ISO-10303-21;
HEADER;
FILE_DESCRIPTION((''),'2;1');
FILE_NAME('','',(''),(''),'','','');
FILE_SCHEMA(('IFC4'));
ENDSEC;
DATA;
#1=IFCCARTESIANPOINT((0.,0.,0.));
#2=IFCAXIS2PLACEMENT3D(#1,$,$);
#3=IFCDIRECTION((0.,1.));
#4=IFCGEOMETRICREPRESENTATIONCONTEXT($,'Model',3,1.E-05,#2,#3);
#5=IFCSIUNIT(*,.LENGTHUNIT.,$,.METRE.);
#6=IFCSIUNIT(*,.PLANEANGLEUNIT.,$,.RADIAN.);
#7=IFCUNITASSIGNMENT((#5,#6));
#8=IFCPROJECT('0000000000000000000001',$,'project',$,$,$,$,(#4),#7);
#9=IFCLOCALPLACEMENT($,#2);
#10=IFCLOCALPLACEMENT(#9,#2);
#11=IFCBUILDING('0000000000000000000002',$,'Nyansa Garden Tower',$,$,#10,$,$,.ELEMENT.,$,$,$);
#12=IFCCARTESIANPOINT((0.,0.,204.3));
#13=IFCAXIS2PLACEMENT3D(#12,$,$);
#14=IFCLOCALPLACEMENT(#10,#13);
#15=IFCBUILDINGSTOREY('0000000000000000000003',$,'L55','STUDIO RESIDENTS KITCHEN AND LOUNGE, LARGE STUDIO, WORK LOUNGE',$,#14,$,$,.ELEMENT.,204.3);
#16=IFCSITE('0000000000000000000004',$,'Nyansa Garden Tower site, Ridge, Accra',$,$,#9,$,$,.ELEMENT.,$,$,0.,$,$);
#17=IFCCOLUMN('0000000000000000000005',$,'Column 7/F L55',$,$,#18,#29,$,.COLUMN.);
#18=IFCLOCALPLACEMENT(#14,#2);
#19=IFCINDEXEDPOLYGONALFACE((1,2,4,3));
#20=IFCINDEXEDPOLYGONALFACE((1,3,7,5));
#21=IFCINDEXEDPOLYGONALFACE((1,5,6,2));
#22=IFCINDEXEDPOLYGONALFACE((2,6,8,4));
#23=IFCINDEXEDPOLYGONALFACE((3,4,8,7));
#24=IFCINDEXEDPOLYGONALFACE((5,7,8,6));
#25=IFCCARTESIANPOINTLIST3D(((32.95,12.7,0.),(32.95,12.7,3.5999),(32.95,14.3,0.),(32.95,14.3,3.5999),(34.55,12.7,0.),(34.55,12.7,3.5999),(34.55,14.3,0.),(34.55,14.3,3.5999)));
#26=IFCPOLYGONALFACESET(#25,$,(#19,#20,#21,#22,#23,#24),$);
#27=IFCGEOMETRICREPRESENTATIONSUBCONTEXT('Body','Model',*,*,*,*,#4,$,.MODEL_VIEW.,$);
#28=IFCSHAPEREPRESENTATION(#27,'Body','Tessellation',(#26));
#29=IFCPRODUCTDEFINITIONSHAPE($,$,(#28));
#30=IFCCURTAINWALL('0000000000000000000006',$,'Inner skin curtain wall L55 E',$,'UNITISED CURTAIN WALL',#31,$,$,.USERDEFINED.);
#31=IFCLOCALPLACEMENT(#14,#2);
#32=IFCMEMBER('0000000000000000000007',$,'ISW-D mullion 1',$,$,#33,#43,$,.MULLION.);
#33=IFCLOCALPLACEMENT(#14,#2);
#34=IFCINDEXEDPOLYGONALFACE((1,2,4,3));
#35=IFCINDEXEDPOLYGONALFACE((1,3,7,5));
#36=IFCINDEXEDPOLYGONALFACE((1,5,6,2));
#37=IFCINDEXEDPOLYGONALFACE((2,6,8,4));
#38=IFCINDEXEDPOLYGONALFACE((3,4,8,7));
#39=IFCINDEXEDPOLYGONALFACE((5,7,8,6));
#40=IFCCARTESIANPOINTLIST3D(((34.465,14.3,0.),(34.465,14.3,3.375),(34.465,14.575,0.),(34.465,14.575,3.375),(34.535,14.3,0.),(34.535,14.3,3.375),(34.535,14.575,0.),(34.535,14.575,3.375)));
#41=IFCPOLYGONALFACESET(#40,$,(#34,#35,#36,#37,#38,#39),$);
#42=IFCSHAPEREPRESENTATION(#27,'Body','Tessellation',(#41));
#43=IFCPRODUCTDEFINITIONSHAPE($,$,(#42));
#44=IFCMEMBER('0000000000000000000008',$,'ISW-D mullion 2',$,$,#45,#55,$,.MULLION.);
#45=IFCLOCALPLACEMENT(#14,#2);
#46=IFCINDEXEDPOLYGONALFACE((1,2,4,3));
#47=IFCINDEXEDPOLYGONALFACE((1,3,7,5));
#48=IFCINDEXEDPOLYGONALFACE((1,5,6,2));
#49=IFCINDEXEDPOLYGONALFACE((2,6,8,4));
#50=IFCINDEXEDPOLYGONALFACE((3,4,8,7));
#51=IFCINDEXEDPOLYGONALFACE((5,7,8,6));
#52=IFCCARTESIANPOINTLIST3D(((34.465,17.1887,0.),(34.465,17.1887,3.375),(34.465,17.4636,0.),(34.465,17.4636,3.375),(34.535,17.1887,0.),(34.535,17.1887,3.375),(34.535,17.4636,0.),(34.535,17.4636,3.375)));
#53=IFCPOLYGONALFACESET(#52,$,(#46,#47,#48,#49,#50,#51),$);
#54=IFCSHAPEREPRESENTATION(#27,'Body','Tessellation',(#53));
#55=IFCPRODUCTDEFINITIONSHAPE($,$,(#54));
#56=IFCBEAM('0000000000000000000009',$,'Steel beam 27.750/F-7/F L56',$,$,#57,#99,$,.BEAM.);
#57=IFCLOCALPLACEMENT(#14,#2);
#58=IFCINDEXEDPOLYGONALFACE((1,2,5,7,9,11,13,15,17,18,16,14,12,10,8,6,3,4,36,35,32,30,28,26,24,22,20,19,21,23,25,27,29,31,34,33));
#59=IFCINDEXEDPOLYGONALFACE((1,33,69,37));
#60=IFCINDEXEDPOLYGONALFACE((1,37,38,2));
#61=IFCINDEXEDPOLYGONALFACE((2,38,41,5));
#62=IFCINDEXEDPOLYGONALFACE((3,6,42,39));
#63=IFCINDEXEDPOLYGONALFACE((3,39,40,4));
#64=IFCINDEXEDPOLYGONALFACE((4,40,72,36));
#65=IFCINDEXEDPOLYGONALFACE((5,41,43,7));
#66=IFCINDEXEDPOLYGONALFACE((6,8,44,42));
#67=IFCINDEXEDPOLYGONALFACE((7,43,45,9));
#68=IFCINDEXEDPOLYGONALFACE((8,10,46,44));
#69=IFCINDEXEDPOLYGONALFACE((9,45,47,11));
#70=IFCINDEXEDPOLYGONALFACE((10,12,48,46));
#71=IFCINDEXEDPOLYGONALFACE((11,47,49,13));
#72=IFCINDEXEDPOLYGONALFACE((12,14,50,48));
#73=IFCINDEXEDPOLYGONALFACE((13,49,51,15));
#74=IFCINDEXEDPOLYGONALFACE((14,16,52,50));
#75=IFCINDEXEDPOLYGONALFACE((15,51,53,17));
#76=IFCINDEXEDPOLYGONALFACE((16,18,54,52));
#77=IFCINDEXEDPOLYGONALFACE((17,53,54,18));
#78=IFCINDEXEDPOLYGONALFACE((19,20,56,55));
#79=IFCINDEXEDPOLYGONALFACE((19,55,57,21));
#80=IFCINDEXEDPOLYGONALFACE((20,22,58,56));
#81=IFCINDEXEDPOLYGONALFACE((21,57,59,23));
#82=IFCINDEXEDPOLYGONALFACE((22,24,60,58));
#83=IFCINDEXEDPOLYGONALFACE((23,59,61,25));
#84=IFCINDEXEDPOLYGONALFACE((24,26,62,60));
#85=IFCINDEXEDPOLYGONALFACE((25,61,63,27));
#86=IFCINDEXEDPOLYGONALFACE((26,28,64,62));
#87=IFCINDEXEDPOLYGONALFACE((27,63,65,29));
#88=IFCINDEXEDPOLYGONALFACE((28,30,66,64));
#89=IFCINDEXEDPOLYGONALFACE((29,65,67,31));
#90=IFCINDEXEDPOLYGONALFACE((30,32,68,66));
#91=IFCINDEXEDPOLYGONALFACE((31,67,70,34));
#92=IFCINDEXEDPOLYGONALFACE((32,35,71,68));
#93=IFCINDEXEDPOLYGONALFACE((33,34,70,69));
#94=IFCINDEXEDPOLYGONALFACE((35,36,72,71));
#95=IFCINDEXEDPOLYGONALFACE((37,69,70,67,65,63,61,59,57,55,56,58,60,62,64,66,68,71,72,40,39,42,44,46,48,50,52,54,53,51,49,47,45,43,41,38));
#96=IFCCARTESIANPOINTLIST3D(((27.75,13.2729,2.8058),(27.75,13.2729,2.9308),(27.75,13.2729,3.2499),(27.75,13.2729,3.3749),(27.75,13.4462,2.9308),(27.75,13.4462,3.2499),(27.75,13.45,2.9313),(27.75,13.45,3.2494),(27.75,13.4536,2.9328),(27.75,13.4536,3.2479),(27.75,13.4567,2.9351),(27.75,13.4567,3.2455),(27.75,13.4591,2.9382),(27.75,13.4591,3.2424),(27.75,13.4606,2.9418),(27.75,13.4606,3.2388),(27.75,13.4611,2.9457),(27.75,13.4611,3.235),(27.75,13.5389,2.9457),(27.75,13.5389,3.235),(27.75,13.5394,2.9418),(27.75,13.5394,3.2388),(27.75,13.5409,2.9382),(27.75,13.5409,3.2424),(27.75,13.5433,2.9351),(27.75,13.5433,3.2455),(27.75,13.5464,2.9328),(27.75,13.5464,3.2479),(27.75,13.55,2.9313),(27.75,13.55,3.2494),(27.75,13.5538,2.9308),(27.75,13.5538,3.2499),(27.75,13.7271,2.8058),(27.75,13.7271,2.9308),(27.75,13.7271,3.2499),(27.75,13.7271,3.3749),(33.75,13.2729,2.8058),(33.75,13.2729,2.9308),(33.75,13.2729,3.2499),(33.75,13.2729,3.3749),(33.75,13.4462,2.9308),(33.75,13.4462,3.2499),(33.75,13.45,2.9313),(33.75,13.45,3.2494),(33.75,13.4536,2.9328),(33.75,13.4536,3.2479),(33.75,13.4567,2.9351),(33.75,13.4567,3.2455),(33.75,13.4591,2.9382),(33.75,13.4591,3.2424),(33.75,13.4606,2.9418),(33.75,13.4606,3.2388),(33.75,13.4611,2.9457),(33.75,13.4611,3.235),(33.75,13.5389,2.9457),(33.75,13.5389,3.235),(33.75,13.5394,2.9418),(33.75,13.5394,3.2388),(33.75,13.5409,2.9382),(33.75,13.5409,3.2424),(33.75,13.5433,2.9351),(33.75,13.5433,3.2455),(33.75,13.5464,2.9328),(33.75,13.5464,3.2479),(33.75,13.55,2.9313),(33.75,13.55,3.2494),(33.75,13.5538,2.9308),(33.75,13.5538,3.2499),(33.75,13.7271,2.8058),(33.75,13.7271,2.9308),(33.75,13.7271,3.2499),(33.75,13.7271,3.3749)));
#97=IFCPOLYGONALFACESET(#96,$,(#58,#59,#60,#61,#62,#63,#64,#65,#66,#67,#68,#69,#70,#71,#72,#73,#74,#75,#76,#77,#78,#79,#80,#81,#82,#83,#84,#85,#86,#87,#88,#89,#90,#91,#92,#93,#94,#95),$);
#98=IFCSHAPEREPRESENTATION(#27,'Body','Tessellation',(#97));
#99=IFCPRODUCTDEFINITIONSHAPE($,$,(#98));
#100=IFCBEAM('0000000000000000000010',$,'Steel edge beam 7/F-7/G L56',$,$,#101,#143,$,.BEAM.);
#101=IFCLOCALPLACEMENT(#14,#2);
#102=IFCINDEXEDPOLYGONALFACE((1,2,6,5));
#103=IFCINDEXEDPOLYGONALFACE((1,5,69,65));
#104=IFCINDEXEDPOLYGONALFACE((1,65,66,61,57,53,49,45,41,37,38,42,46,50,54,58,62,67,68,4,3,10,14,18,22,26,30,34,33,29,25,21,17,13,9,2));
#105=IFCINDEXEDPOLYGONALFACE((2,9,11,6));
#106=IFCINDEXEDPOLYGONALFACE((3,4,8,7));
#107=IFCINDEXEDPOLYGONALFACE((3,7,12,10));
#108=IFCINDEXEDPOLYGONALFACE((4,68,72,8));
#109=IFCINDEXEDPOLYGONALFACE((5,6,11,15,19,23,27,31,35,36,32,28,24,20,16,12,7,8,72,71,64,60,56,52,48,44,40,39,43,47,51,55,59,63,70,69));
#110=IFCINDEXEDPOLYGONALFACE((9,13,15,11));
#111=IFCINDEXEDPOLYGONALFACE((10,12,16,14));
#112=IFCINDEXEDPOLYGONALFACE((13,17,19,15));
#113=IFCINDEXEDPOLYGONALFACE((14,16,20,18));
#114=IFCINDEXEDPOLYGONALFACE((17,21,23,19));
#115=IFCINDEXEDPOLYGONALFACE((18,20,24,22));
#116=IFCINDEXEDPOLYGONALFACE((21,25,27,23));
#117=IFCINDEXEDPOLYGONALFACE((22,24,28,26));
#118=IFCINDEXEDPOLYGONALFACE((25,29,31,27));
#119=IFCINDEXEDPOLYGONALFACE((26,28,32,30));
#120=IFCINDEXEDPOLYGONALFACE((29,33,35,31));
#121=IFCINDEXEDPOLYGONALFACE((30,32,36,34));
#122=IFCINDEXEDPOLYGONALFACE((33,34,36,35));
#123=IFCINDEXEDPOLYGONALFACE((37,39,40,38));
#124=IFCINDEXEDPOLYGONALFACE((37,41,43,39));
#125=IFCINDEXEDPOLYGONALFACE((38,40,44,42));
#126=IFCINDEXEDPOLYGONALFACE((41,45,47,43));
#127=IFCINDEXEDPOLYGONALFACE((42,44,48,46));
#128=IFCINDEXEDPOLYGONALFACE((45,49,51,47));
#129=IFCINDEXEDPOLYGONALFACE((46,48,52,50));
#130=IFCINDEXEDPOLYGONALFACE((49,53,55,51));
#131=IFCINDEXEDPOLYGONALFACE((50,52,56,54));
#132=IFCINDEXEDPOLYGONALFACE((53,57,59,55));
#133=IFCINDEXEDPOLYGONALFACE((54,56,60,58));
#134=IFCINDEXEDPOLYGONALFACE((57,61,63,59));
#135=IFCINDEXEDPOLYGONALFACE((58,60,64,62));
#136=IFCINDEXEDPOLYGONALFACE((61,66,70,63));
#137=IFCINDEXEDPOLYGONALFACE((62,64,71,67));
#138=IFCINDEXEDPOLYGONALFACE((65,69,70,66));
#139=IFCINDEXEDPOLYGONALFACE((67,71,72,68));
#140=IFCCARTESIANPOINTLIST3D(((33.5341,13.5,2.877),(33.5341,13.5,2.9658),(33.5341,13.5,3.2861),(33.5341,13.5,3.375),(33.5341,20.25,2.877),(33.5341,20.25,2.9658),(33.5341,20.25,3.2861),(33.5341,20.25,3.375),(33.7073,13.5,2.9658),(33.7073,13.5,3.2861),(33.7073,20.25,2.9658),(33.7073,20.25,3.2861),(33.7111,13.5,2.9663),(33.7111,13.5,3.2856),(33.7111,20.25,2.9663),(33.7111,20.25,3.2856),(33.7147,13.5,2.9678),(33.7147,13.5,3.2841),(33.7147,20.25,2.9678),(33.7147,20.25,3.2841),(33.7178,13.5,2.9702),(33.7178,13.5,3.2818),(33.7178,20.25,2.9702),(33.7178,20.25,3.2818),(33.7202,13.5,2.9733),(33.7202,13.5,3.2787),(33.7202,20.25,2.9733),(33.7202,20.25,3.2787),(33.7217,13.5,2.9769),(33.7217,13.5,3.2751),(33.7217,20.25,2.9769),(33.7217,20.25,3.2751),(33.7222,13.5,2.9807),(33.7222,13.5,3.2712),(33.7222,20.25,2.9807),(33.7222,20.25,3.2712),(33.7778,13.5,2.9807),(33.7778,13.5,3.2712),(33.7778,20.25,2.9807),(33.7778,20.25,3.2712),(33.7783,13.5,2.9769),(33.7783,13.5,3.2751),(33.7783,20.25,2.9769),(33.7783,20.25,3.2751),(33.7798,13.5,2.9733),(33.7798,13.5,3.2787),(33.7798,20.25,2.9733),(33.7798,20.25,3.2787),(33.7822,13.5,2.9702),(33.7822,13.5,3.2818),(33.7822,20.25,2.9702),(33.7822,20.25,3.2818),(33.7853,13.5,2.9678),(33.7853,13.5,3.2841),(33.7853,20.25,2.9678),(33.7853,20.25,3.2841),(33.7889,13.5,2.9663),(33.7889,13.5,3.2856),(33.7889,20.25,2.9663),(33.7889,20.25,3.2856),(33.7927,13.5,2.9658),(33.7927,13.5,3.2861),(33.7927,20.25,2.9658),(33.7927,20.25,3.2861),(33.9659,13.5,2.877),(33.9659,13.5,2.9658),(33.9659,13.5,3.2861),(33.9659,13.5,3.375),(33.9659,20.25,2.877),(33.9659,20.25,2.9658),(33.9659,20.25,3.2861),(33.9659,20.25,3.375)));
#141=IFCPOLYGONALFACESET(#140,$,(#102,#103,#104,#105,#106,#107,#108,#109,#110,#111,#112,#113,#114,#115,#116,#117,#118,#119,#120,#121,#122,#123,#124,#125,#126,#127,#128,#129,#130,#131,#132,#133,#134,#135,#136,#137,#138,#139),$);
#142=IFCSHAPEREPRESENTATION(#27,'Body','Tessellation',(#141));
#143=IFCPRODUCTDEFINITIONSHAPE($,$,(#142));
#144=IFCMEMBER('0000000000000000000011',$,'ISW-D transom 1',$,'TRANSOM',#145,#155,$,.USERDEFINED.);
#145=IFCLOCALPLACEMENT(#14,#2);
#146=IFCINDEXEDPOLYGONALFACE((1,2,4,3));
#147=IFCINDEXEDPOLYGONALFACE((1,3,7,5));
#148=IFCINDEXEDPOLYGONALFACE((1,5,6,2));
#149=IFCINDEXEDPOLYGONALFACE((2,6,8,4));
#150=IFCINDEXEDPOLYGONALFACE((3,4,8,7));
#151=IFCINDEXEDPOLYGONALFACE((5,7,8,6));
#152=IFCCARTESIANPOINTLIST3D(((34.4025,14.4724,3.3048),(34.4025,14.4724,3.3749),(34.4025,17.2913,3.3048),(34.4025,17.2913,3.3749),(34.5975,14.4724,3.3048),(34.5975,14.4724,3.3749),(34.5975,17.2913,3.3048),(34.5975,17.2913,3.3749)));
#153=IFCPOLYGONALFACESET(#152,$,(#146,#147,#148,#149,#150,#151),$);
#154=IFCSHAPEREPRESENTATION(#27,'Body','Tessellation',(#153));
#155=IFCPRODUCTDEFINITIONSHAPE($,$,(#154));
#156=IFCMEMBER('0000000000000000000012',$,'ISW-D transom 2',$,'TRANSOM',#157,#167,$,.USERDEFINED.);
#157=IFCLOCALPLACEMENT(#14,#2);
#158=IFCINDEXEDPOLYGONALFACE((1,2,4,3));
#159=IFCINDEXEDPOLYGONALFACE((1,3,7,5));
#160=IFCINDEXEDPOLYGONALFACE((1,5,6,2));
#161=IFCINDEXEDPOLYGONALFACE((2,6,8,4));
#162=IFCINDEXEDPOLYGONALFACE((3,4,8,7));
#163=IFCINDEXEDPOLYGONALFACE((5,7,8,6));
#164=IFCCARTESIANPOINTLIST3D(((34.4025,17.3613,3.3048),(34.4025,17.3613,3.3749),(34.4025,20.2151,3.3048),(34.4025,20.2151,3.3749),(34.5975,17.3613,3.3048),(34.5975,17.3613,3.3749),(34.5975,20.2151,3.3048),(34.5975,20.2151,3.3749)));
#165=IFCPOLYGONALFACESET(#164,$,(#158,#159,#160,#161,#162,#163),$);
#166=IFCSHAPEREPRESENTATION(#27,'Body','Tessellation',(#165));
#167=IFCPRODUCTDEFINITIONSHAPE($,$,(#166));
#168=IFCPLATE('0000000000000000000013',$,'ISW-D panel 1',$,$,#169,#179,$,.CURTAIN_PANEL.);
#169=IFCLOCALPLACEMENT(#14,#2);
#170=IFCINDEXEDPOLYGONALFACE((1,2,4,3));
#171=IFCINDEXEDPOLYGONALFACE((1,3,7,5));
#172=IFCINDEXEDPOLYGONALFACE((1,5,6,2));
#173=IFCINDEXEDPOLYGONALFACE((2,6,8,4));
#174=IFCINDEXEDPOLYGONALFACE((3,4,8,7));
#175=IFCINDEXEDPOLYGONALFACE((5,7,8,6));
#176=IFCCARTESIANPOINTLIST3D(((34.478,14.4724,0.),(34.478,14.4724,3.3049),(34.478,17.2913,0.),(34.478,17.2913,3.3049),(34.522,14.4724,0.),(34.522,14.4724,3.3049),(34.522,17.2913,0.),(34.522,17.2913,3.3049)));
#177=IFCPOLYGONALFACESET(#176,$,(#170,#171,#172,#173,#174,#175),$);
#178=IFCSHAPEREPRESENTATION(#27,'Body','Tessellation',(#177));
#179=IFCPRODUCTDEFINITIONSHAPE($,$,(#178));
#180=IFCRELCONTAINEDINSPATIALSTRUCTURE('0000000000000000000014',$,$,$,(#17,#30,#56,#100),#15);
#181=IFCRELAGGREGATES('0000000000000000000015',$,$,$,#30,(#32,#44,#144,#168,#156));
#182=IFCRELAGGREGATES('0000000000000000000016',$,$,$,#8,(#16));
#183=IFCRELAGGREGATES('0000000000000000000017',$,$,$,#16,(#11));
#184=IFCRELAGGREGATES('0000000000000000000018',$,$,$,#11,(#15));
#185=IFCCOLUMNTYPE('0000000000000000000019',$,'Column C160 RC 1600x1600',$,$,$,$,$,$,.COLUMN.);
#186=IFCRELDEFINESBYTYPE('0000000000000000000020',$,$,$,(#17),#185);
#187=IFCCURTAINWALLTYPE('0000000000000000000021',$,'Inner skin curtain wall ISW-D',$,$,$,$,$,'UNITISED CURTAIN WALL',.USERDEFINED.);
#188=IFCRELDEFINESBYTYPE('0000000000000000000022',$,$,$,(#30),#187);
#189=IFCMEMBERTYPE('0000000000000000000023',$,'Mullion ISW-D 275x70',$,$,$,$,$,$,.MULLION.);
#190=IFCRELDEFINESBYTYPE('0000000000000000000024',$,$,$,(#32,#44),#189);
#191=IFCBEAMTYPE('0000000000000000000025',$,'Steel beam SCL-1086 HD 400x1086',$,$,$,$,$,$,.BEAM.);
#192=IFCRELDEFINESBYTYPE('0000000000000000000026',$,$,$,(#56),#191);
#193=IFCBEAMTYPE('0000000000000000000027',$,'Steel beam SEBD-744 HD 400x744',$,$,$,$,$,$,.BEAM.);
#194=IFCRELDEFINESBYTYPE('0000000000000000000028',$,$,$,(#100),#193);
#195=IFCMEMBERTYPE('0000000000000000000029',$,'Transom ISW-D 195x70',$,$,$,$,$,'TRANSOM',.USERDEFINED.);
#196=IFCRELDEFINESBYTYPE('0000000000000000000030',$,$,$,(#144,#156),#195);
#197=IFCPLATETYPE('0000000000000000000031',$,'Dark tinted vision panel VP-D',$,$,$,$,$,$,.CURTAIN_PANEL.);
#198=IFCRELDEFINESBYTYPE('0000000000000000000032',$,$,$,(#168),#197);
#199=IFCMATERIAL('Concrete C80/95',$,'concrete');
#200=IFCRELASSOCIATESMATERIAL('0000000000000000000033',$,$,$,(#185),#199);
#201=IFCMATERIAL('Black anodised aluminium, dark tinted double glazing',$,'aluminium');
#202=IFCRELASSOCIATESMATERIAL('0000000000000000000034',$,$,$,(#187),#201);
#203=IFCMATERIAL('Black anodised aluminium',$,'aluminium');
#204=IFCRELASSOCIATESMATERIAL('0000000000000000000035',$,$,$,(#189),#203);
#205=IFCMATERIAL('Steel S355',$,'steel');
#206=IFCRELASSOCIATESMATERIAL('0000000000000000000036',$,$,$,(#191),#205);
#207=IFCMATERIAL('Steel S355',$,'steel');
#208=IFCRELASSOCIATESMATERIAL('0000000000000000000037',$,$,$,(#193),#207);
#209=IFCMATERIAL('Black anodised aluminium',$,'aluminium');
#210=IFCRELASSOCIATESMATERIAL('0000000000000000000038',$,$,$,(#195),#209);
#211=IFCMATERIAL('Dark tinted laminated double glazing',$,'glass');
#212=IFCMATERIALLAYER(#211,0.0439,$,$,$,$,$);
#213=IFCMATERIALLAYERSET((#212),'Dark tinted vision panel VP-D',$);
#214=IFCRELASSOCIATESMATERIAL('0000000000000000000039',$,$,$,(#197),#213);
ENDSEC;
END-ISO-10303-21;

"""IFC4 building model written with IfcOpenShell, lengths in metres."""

from ifc_helpers import new_model, si_unit, direction, frame, origin, origin_2d, place, context, subcontext, project, spatial, rectangle, i_section, extrude, material, layer, layer_set, material_profile, profile_set, type_object, element, aggregate, save


model = new_model("IFC4")

# Units and contexts
model_context = context("Model", 3, precision=1e-05, world=origin(), true_north=direction((0.0, 1.0)))
body_context = subcontext(model_context, "Body", "Model", "MODEL_VIEW")
ifc_project = project(units=[si_unit("LENGTHUNIT", "METRE"), si_unit("PLANEANGLEUNIT", "RADIAN")], contexts=[model_context])

# Site, building, storey
site_placement = place(None, origin())
site = spatial("IfcSite", under=ifc_project, at=site_placement, Name="Nyansa Garden Tower site, Ridge, Accra", CompositionType="ELEMENT", RefElevation=0.0)
building_placement = place(site_placement, origin())
building = spatial("IfcBuilding", under=site, at=building_placement, Name="Nyansa Garden Tower", CompositionType="ELEMENT")
storey_placement = place(building_placement, frame((0.0, 0.0, 204.3)))
storey = spatial("IfcBuildingStorey", under=building, at=storey_placement, Name="L55", Description="STUDIO RESIDENTS KITCHEN AND LOUNGE, LARGE STUDIO, WORK LOUNGE", CompositionType="ELEMENT", Elevation=204.3)

# Column
ifc_material_1 = material(Name="Concrete C80/95", Category="concrete")
ifc_material_profile_1 = material_profile(ifc_material_1, rectangle(XDim=1.6001, YDim=1.6001, at=origin_2d()), Name="RC 1600x1600")
ifc_profile_set_1 = profile_set([ifc_material_profile_1], Name="Concrete C80/95")
column_type = type_object("IfcColumnType", Name="Column C160 RC 1600x1600", PredefinedType="COLUMN", material=ifc_profile_set_1)
column_placement = place(storey_placement, frame((33.75, 13.5, 0.0), z_axis=(0.0, 0.0, 1.0), x_axis=(1.0, 0.0, 0.0)))
element("IfcColumn", 1, at=column_placement, inside=storey, type_object=column_type, Name="Column 7/F L55", PredefinedType="COLUMN", context=body_context, shape_type="SweptSolid", body=[
    extrude(rectangle(XDim=1.6001, YDim=1.6001, at=origin_2d()), origin(), (0.0, 0.0, 1.0), 3.5999),
])

# Curtain wall, members
ifc_material_2 = material(Name="Black anodised aluminium, dark tinted double glazing", Category="aluminium")
curtain_wall_type = type_object("IfcCurtainWallType", Name="Inner skin curtain wall ISW-D", ElementType="UNITISED CURTAIN WALL", PredefinedType="USERDEFINED", material=ifc_material_2)
curtain_wall_placement = place(storey_placement, origin())
curtain_wall = element("IfcCurtainWall", 2, at=curtain_wall_placement, inside=storey, type_object=curtain_wall_type, Name="Inner skin curtain wall L55 E", ObjectType="UNITISED CURTAIN WALL", PredefinedType="USERDEFINED")
ifc_material_3 = material(Name="Black anodised aluminium", Category="aluminium")
ifc_material_profile_2 = material_profile(ifc_material_3, rectangle(XDim=0.0701, YDim=0.2749, at=origin_2d()), Name="Mullion 275x70")
ifc_profile_set_2 = profile_set([ifc_material_profile_2], Name="Black anodised aluminium")
member_type_1 = type_object("IfcMemberType", Name="Mullion ISW-D 275x70", PredefinedType="MULLION", material=ifc_profile_set_2)
member_1_placement = place(storey_placement, frame((34.5, 14.4375, 0.0), z_axis=(0.0, 0.0, 1.0), x_axis=(-1.0, 0.0, 0.0)))
member_1 = element("IfcMember", 3, at=member_1_placement, type_object=member_type_1, Name="ISW-D mullion 1", PredefinedType="MULLION", context=body_context, shape_type="SweptSolid", body=[
    extrude(rectangle(XDim=0.0701, YDim=0.2749, at=origin_2d()), origin(), (0.0, 0.0, 1.0), 3.375),
])
member_2_placement = place(storey_placement, frame((34.5, 17.3262, 0.0), z_axis=(0.0, 0.0, 1.0), x_axis=(-1.0, 0.0, 0.0)))
member_2 = element("IfcMember", 4, at=member_2_placement, type_object=member_type_1, Name="ISW-D mullion 2", PredefinedType="MULLION", context=body_context, shape_type="SweptSolid", body=[
    extrude(rectangle(XDim=0.0701, YDim=0.2749, at=origin_2d()), origin(), (0.0, 0.0, 1.0), 3.375),
])

# Beams
ifc_material_4 = material(Name="Steel S355", Category="steel")
ifc_material_profile_3 = material_profile(ifc_material_4, i_section(OverallWidth=0.4541, OverallDepth=0.5691, WebThickness=0.0779, FlangeThickness=0.125, FilletRadius=0.0149, at=origin_2d()), Name="HD 400x1086")
ifc_profile_set_3 = profile_set([ifc_material_profile_3], Name="Steel S355")
beam_type_1 = type_object("IfcBeamType", Name="Steel beam SCL-1086 HD 400x1086", PredefinedType="BEAM", material=ifc_profile_set_3)
beam_1_placement = place(storey_placement, frame((27.75, 13.5, 3.0903), z_axis=(1.0, 0.0, 0.0), x_axis=(0.0, 1.0, 0.0)))
element("IfcBeam", 5, at=beam_1_placement, inside=storey, type_object=beam_type_1, Name="Steel beam 27.750/F-7/F L56", PredefinedType="BEAM", context=body_context, shape_type="SweptSolid", body=[
    extrude(i_section(OverallWidth=0.4541, OverallDepth=0.5691, WebThickness=0.0779, FlangeThickness=0.125, FilletRadius=0.0149, at=origin_2d()), origin(), (0.0, 0.0, 1.0), 6.0),
])
ifc_material_5 = material(Name="Steel S355", Category="steel")
ifc_material_profile_4 = material_profile(ifc_material_5, i_section(OverallWidth=0.4319, OverallDepth=0.498, WebThickness=0.0557, FlangeThickness=0.0889, FilletRadius=0.0149, at=origin_2d()), Name="HD 400x744")
ifc_profile_set_4 = profile_set([ifc_material_profile_4], Name="Steel S355")
beam_type_2 = type_object("IfcBeamType", Name="Steel beam SEBD-744 HD 400x744", PredefinedType="BEAM", material=ifc_profile_set_4)
beam_2_placement = place(storey_placement, frame((33.75, 13.5, 3.126), z_axis=(0.0, 1.0, 0.0), x_axis=(-1.0, 0.0, 0.0)))
element("IfcBeam", 6, at=beam_2_placement, inside=storey, type_object=beam_type_2, Name="Steel edge beam 7/F-7/G L56", PredefinedType="BEAM", context=body_context, shape_type="SweptSolid", body=[
    extrude(i_section(OverallWidth=0.4319, OverallDepth=0.498, WebThickness=0.0557, FlangeThickness=0.0889, FilletRadius=0.0149, at=origin_2d()), origin(), (0.0, 0.0, 1.0), 6.75),
])

# Members
ifc_material_6 = material(Name="Black anodised aluminium", Category="aluminium")
ifc_material_profile_5 = material_profile(ifc_material_6, rectangle(XDim=0.1951, YDim=0.0701, at=origin_2d()), Name="Transom 195x70")
ifc_profile_set_5 = profile_set([ifc_material_profile_5], Name="Black anodised aluminium")
member_type_2 = type_object("IfcMemberType", Name="Transom ISW-D 195x70", ElementType="TRANSOM", PredefinedType="USERDEFINED", material=ifc_profile_set_5)
member_3_placement = place(storey_placement, frame((34.5, 14.4724, 3.3398), z_axis=(0.0, 1.0, 0.0), x_axis=(-1.0, 0.0, 0.0)))
member_3 = element("IfcMember", 7, at=member_3_placement, type_object=member_type_2, Name="ISW-D transom 1", ObjectType="TRANSOM", PredefinedType="USERDEFINED", context=body_context, shape_type="SweptSolid", body=[
    extrude(rectangle(XDim=0.1951, YDim=0.0701, at=origin_2d()), origin(), (0.0, 0.0, 1.0), 2.8188),
])
member_4_placement = place(storey_placement, frame((34.5, 17.3613, 3.3398), z_axis=(0.0, 1.0, 0.0), x_axis=(-1.0, 0.0, 0.0)))
member_4 = element("IfcMember", 8, at=member_4_placement, type_object=member_type_2, Name="ISW-D transom 2", ObjectType="TRANSOM", PredefinedType="USERDEFINED", context=body_context, shape_type="SweptSolid", body=[
    extrude(rectangle(XDim=0.1951, YDim=0.0701, at=origin_2d()), origin(), (0.0, 0.0, 1.0), 2.8538),
])

# Plate
ifc_material_7 = material(Name="Dark tinted laminated double glazing", Category="glass")
ifc_layer_1 = layer(ifc_material_7, 0.0439)
ifc_layer_set_1 = layer_set([ifc_layer_1], Name="Dark tinted vision panel VP-D")
plate_type = type_object("IfcPlateType", Name="Dark tinted vision panel VP-D", PredefinedType="CURTAIN_PANEL", material=ifc_layer_set_1)
plate_1_placement = place(storey_placement, frame((34.5, 15.8818, 0.0), z_axis=(0.0, 0.0, 1.0), x_axis=(0.0, 1.0, 0.0)))
plate_1 = element("IfcPlate", 9, at=plate_1_placement, type_object=plate_type, Name="ISW-D panel 1", PredefinedType="CURTAIN_PANEL", context=body_context, shape_type="SweptSolid", body=[
    extrude(rectangle(XDim=2.8188, YDim=0.0439, at=origin_2d()), origin(), (0.0, 0.0, 1.0), 3.3049),
])
aggregate(curtain_wall, [member_1, member_2, member_3, plate_1, member_4])

save(model, "model.ifc")
